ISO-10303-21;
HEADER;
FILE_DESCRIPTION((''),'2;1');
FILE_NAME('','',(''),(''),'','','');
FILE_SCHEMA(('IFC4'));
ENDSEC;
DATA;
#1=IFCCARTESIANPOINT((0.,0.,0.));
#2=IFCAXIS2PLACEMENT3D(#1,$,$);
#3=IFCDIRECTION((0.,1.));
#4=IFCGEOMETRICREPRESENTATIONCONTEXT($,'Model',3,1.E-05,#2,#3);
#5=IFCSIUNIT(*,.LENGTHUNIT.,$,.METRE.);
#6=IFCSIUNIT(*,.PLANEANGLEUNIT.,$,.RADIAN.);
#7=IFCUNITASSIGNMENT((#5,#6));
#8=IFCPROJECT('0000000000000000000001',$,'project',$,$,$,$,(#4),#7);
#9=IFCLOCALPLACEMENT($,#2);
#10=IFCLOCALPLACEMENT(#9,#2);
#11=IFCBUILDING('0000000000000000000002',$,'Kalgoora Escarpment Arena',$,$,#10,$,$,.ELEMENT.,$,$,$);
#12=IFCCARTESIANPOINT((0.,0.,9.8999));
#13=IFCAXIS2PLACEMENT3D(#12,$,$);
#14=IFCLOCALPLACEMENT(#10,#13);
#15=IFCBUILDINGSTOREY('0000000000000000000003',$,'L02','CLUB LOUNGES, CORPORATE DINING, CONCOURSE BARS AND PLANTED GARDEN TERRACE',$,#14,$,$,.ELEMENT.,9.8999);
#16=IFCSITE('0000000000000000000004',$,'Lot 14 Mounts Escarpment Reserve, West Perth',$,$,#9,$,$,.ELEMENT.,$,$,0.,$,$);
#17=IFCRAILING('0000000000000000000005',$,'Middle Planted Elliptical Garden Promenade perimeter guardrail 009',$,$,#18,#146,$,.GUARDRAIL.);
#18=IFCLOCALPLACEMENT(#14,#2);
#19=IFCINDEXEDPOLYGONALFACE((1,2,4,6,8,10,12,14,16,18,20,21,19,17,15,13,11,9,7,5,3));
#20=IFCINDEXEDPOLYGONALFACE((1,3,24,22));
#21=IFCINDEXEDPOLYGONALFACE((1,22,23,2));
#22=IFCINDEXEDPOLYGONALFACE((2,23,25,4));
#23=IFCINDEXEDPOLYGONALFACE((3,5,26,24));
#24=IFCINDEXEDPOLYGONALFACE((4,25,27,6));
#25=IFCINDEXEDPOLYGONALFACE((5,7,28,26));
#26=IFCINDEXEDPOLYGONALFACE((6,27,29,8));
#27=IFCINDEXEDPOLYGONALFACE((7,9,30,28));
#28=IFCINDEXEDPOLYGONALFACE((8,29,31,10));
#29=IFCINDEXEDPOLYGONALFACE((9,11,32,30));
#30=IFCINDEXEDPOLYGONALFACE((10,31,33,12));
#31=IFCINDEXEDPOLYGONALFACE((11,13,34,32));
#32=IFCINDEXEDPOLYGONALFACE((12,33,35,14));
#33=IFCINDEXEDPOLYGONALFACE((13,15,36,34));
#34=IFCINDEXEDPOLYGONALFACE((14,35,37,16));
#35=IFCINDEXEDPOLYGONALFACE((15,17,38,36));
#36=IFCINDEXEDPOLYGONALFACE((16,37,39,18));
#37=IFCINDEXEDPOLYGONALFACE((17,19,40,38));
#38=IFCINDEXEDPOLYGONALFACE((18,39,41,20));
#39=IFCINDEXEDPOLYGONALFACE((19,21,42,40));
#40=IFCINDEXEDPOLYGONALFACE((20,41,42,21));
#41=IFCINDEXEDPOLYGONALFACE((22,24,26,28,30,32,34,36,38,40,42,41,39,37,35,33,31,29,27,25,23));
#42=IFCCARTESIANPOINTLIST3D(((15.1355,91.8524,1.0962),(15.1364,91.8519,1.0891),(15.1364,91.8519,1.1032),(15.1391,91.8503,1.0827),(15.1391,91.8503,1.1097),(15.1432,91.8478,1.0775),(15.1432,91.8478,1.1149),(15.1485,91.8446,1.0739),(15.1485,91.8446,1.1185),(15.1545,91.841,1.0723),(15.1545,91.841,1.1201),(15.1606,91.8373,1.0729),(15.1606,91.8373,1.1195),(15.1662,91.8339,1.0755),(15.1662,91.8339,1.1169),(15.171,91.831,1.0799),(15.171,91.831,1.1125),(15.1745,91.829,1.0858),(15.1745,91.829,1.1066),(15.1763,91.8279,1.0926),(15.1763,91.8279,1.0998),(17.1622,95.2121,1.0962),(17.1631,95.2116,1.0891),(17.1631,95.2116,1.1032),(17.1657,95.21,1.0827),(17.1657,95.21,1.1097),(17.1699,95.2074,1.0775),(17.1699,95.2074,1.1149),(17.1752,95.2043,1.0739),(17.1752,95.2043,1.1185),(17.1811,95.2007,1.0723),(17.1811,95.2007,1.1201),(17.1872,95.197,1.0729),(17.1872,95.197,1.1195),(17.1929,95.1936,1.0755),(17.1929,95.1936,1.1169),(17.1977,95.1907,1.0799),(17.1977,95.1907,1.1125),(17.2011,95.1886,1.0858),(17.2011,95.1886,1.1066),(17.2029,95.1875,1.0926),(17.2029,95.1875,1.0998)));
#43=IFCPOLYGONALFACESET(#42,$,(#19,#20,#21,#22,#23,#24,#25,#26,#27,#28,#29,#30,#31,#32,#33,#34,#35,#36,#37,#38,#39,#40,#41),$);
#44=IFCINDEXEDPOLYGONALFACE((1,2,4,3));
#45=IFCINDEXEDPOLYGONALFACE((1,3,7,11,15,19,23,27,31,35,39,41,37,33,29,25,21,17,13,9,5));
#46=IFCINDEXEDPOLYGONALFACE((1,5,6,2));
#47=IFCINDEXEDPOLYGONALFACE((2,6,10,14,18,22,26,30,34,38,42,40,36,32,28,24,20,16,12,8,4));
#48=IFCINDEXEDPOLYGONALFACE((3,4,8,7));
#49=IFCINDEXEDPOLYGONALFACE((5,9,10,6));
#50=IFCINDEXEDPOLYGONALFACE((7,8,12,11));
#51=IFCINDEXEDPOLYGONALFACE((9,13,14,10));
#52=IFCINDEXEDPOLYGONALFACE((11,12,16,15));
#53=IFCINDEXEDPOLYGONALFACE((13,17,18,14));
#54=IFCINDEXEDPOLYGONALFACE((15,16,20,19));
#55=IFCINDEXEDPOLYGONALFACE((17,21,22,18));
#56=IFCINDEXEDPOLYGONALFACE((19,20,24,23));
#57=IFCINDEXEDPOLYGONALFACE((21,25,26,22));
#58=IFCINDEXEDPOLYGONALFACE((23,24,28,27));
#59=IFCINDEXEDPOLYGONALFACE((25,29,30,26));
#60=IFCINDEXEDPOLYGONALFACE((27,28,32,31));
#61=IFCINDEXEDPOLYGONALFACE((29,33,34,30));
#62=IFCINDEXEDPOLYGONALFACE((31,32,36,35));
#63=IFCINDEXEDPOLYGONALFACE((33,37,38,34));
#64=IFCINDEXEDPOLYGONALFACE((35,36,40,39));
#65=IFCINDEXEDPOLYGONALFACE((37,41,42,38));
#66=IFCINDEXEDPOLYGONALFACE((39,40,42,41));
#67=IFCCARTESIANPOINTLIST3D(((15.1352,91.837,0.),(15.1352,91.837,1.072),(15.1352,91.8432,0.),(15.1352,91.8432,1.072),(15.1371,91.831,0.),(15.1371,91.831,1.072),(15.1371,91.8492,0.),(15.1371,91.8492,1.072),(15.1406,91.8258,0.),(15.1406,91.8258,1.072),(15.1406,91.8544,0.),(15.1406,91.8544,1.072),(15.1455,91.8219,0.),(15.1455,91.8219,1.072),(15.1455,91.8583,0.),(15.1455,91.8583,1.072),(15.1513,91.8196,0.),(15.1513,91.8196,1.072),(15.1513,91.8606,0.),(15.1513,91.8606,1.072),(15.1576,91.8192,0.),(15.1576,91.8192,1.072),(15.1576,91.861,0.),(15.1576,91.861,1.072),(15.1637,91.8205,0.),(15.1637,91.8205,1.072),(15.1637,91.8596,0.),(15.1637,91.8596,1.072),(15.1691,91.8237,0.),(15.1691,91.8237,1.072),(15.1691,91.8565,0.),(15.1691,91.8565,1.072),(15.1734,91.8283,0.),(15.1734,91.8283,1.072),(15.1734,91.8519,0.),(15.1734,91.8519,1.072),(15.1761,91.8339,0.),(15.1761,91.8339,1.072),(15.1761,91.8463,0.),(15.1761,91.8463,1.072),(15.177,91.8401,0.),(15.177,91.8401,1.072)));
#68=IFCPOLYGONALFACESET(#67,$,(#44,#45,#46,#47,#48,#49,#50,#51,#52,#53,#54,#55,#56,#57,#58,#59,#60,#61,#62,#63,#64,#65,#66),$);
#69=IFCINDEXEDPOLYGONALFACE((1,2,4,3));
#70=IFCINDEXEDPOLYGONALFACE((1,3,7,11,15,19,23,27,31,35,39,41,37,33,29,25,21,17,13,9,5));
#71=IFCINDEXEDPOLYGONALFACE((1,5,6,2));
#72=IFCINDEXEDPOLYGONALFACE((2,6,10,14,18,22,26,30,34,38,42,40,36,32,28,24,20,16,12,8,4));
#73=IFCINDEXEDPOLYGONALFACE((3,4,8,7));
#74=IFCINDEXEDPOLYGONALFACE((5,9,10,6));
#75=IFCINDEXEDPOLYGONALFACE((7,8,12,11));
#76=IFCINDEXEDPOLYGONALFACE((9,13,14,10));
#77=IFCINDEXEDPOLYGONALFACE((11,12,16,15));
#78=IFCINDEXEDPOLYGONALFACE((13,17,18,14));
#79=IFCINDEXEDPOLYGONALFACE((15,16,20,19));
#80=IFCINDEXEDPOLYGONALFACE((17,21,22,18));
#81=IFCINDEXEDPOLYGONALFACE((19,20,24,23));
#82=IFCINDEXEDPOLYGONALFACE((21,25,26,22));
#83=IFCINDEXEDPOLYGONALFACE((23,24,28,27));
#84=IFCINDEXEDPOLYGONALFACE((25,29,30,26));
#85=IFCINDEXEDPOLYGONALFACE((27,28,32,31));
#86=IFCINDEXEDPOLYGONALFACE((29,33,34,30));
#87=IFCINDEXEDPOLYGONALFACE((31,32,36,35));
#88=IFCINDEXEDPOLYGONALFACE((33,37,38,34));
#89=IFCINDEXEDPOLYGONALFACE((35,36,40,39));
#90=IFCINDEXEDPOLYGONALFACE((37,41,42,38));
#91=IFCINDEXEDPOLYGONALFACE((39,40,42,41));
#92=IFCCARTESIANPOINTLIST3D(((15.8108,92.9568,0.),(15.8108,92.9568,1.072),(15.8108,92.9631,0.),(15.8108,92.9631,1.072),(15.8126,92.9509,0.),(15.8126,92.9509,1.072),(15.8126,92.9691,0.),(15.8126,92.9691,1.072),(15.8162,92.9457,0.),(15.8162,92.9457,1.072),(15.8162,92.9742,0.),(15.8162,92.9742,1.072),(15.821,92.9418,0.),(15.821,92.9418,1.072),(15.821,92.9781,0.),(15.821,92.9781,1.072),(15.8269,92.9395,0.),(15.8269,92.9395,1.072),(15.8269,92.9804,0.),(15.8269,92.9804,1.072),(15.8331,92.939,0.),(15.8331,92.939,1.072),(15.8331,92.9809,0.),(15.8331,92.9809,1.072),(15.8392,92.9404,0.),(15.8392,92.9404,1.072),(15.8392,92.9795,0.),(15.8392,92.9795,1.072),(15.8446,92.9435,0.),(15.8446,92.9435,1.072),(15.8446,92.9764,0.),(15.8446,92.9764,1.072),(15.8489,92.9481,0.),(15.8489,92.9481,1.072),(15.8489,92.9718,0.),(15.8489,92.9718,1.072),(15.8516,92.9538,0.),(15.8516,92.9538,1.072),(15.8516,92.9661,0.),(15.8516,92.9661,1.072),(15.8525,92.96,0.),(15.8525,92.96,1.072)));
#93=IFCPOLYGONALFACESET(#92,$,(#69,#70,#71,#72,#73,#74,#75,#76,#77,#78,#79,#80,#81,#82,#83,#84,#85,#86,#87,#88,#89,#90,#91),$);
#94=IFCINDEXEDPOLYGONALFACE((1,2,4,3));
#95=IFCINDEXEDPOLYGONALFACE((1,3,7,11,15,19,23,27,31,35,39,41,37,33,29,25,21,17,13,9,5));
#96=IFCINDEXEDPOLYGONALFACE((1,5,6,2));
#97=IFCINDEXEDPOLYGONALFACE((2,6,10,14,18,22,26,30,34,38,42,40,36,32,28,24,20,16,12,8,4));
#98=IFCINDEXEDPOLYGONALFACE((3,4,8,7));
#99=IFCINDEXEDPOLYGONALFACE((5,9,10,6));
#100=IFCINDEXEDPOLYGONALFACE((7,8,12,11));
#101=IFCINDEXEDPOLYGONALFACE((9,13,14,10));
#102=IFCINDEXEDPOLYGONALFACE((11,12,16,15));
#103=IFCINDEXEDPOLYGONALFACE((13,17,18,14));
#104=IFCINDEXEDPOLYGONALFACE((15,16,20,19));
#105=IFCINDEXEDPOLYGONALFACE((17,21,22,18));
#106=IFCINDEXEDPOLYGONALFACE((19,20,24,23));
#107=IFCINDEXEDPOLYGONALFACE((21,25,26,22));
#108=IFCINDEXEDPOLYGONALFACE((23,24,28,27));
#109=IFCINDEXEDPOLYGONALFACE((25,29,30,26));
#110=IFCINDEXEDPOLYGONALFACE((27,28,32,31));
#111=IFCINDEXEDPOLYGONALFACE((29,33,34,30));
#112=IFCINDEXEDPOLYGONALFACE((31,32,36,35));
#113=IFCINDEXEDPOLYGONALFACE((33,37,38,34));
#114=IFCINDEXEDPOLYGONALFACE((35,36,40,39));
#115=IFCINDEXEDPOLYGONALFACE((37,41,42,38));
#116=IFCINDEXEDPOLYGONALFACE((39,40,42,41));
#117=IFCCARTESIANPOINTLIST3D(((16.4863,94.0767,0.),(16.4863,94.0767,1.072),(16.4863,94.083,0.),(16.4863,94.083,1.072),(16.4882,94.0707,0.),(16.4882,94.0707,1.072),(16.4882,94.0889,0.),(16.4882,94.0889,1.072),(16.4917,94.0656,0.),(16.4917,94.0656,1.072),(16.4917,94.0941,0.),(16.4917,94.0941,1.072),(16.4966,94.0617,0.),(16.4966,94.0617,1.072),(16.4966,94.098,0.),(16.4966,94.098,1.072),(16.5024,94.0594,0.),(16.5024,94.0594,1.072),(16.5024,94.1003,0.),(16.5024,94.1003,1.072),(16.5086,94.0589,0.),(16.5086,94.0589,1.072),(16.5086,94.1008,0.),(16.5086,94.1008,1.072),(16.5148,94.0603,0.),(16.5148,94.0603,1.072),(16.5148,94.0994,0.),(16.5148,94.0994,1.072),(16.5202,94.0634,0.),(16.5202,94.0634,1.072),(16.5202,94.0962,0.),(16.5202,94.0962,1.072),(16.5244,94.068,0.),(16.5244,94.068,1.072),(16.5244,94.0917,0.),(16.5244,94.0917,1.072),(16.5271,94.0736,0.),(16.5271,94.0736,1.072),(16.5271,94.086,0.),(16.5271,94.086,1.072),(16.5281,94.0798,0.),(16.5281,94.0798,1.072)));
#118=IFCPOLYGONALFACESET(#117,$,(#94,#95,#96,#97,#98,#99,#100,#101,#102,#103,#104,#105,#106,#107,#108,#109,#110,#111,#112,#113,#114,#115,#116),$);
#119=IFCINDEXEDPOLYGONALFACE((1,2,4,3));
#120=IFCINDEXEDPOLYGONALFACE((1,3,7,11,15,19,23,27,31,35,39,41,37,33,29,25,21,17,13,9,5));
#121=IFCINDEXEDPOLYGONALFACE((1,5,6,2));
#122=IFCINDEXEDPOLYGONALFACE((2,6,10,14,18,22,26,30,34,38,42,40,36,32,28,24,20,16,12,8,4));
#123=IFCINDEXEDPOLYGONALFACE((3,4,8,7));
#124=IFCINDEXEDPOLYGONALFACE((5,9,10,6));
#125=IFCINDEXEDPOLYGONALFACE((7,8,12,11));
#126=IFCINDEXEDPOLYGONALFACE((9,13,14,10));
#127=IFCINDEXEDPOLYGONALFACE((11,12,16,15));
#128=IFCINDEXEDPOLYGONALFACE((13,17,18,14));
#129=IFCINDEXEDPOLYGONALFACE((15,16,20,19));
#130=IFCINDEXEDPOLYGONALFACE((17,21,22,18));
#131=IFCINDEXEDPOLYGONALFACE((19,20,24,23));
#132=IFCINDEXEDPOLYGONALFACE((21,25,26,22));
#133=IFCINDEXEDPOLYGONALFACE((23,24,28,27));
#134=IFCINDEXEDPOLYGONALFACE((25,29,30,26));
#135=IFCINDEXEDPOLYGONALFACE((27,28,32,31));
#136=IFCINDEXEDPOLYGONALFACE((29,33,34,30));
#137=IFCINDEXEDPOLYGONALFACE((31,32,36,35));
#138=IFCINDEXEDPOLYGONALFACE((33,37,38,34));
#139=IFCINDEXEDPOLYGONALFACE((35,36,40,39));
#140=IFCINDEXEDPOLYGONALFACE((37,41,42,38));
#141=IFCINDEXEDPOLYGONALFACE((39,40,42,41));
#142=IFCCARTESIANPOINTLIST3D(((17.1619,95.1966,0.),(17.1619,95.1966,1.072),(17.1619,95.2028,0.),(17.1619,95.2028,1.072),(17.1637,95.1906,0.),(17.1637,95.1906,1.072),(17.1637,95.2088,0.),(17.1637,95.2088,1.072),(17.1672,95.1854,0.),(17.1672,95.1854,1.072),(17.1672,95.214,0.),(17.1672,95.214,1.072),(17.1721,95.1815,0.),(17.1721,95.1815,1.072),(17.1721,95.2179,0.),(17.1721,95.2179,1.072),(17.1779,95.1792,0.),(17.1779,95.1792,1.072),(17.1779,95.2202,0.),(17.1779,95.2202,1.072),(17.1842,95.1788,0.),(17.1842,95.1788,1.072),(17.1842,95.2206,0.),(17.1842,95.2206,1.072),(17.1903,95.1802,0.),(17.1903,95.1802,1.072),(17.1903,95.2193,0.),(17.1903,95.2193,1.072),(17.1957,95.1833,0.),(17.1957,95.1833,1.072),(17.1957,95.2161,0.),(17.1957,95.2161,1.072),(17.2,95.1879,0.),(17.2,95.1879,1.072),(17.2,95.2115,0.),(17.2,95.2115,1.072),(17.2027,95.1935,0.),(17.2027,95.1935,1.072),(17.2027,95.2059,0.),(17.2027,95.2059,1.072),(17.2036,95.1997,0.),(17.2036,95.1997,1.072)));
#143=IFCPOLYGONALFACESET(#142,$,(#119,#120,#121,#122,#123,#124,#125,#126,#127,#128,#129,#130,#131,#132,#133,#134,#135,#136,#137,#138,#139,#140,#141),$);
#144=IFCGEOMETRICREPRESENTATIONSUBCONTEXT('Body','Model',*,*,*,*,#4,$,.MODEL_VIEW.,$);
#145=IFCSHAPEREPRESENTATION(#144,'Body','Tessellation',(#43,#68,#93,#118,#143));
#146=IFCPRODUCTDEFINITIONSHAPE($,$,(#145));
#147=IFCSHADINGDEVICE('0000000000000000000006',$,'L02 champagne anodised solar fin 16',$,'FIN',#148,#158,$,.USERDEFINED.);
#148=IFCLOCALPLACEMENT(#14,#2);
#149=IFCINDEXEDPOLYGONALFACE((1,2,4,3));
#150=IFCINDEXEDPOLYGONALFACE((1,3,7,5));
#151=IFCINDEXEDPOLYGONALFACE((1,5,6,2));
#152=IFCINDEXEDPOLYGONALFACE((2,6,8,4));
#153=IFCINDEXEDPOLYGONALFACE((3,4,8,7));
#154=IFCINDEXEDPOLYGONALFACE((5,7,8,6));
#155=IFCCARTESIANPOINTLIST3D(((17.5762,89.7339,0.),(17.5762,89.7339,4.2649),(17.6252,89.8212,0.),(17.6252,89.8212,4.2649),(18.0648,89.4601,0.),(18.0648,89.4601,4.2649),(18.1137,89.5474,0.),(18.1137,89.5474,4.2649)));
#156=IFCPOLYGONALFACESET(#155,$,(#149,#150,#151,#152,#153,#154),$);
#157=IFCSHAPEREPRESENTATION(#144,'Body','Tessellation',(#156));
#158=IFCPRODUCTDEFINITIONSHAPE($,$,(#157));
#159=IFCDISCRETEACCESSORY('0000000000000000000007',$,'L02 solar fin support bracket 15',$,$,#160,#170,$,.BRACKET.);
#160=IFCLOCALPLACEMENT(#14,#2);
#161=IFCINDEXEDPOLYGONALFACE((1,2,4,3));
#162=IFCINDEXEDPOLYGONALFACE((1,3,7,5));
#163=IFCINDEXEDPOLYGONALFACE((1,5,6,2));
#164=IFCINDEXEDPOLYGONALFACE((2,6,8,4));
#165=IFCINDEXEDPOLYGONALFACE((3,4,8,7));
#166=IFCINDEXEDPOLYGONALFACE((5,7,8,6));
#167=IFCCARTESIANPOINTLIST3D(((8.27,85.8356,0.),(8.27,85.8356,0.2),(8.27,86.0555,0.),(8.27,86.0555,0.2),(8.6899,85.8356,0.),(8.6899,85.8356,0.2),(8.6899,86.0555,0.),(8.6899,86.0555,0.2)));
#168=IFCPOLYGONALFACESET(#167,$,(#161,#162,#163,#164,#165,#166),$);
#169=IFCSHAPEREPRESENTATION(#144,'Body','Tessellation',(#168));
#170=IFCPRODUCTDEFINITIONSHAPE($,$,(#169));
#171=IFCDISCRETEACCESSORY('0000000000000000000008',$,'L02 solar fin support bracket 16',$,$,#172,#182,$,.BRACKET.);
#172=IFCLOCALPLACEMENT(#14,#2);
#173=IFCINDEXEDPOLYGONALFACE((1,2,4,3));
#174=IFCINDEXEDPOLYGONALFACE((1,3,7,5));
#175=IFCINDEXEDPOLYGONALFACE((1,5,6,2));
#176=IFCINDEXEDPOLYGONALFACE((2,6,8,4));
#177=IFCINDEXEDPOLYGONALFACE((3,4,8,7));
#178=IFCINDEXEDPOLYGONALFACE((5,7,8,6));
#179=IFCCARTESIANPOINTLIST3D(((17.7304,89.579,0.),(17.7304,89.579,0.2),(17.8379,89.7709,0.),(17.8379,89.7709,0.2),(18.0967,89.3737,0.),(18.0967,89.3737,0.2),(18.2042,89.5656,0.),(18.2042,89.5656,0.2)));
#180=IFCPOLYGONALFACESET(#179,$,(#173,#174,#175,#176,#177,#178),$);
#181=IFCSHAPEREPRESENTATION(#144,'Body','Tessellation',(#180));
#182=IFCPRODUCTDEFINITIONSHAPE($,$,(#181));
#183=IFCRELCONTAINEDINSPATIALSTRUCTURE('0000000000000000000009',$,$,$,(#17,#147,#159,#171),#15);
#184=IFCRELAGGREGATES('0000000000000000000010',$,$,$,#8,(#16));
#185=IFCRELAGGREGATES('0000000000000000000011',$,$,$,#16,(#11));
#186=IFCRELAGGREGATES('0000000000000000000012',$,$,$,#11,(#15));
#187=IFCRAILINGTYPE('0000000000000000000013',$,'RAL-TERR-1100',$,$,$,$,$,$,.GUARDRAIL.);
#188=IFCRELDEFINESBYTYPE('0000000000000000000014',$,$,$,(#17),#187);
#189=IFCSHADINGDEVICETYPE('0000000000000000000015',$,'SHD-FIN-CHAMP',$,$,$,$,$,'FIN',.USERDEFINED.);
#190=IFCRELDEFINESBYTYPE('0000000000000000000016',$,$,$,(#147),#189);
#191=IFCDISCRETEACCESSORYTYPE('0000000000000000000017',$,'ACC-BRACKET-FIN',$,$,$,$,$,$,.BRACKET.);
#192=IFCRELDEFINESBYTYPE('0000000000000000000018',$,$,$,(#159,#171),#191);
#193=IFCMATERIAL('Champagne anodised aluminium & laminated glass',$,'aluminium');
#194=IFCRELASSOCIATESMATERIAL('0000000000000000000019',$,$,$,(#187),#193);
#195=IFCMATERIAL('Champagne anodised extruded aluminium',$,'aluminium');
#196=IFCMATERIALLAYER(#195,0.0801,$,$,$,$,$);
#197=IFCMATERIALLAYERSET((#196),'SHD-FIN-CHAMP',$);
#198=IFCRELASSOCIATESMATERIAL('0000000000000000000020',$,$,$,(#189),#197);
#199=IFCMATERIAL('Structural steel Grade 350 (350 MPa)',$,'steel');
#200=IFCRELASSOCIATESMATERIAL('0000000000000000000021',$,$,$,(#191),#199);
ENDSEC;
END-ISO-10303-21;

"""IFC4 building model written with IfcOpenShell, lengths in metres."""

from ifc_helpers import new_model, si_unit, direction, frame, origin, origin_2d, place, context, subcontext, project, spatial, rectangle, circle, extrude, material, layer, layer_set, type_object, element, save


model = new_model("IFC4")

# Units and contexts
model_context = context("Model", 3, precision=1e-05, world=origin(), true_north=direction((0.0, 1.0)))
body_context = subcontext(model_context, "Body", "Model", "MODEL_VIEW")
ifc_project = project(units=[si_unit("LENGTHUNIT", "METRE"), si_unit("PLANEANGLEUNIT", "RADIAN")], contexts=[model_context])

# Site, building, storey
site_placement = place(None, origin())
site = spatial("IfcSite", under=ifc_project, at=site_placement, Name="Lot 14 Mounts Escarpment Reserve, West Perth", CompositionType="ELEMENT", RefElevation=0.0)
building_placement = place(site_placement, origin())
building = spatial("IfcBuilding", under=site, at=building_placement, Name="Kalgoora Escarpment Arena", CompositionType="ELEMENT")
storey_placement = place(building_placement, frame((0.0, 0.0, 9.8999)))
storey = spatial("IfcBuildingStorey", under=building, at=storey_placement, Name="L02", Description="CLUB LOUNGES, CORPORATE DINING, CONCOURSE BARS AND PLANTED GARDEN TERRACE", CompositionType="ELEMENT", Elevation=9.8999)

# Railing
ifc_material_1 = material(Name="Champagne anodised aluminium & laminated glass", Category="aluminium")
railing_type = type_object("IfcRailingType", Name="RAL-TERR-1100", PredefinedType="GUARDRAIL", material=ifc_material_1)
railing_1_placement = place(storey_placement, frame((15.156, 91.8401, 0.0)))
element("IfcRailing", 1, at=railing_1_placement, inside=storey, type_object=railing_type, Name="Middle Planted Elliptical Garden Promenade perimeter guardrail 009", PredefinedType="GUARDRAIL", context=body_context, shape_type="SweptSolid", body=[
    extrude(circle(Radius=0.0239, at=origin_2d()), frame((0.0, 0.0, 1.0962), z_axis=(0.516526, 0.856272, 0.0), x_axis=(-0.856272, 0.516526, 0.0)), (0.0, 0.0, 1.0), 3.9236),
    extrude(circle(Radius=0.021, at=origin_2d()), origin(), (0.0, 0.0, 1.0), 1.072),
    extrude(circle(Radius=0.021, at=origin_2d()), frame((0.6755, 1.1199, 0.0)), (0.0, 0.0, 1.0), 1.072),
    extrude(circle(Radius=0.021, at=origin_2d()), frame((1.3511, 2.2397, 0.0)), (0.0, 0.0, 1.0), 1.072),
    extrude(circle(Radius=0.021, at=origin_2d()), frame((2.0266, 3.3596, 0.0)), (0.0, 0.0, 1.0), 1.072),
])

# Shading device
ifc_material_2 = material(Name="Champagne anodised extruded aluminium", Category="aluminium")
ifc_layer_1 = layer(ifc_material_2, 0.0801)
ifc_layer_set_1 = layer_set([ifc_layer_1], Name="SHD-FIN-CHAMP")
shading_device_type = type_object("IfcShadingDeviceType", Name="SHD-FIN-CHAMP", ElementType="FIN", PredefinedType="USERDEFINED", material=ifc_layer_set_1)
shading_device_placement = place(storey_placement, frame((17.845, 89.6406, 0.0), z_axis=(0.0, 0.0, 1.0), x_axis=(-0.872325, 0.488926, 0.0)))
element("IfcShadingDevice", 2, at=shading_device_placement, inside=storey, type_object=shading_device_type, Name="L02 champagne anodised solar fin 16", ObjectType="FIN", PredefinedType="USERDEFINED", context=body_context, shape_type="SweptSolid", body=[
    extrude(rectangle(XDim=0.5601, YDim=0.1001, at=origin_2d()), origin(), (0.0, 0.0, 1.0), 4.2649),
])

# Discrete accessories
ifc_material_3 = material(Name="Structural steel Grade 350 (350 MPa)", Category="steel")
discrete_accessory_type = type_object("IfcDiscreteAccessoryType", Name="ACC-BRACKET-FIN", PredefinedType="BRACKET", material=ifc_material_3)
for number, where, z_axis, x_axis, name in (
    (3, (8.48, 85.9456, 0.0), (0.0, 0.0, 1.0), (-1.0, 0.0, 0.0), "L02 solar fin support bracket 15"),
    (4, (17.9673, 89.5723, 0.0), (0.0, 0.0, 1.0), (-0.872325, 0.488926, 0.0), "L02 solar fin support bracket 16"),
):
    element("IfcDiscreteAccessory", number, at=place(storey_placement, frame(where, z_axis=z_axis, x_axis=x_axis)), inside=storey, type_object=discrete_accessory_type, Name=name, PredefinedType="BRACKET", context=body_context, shape_type="SweptSolid", body=[
        extrude(rectangle(XDim=0.4199, YDim=0.22, at=origin_2d()), origin(), (0.0, 0.0, 1.0), 0.2),
    ])

save(model, "model.ifc")
